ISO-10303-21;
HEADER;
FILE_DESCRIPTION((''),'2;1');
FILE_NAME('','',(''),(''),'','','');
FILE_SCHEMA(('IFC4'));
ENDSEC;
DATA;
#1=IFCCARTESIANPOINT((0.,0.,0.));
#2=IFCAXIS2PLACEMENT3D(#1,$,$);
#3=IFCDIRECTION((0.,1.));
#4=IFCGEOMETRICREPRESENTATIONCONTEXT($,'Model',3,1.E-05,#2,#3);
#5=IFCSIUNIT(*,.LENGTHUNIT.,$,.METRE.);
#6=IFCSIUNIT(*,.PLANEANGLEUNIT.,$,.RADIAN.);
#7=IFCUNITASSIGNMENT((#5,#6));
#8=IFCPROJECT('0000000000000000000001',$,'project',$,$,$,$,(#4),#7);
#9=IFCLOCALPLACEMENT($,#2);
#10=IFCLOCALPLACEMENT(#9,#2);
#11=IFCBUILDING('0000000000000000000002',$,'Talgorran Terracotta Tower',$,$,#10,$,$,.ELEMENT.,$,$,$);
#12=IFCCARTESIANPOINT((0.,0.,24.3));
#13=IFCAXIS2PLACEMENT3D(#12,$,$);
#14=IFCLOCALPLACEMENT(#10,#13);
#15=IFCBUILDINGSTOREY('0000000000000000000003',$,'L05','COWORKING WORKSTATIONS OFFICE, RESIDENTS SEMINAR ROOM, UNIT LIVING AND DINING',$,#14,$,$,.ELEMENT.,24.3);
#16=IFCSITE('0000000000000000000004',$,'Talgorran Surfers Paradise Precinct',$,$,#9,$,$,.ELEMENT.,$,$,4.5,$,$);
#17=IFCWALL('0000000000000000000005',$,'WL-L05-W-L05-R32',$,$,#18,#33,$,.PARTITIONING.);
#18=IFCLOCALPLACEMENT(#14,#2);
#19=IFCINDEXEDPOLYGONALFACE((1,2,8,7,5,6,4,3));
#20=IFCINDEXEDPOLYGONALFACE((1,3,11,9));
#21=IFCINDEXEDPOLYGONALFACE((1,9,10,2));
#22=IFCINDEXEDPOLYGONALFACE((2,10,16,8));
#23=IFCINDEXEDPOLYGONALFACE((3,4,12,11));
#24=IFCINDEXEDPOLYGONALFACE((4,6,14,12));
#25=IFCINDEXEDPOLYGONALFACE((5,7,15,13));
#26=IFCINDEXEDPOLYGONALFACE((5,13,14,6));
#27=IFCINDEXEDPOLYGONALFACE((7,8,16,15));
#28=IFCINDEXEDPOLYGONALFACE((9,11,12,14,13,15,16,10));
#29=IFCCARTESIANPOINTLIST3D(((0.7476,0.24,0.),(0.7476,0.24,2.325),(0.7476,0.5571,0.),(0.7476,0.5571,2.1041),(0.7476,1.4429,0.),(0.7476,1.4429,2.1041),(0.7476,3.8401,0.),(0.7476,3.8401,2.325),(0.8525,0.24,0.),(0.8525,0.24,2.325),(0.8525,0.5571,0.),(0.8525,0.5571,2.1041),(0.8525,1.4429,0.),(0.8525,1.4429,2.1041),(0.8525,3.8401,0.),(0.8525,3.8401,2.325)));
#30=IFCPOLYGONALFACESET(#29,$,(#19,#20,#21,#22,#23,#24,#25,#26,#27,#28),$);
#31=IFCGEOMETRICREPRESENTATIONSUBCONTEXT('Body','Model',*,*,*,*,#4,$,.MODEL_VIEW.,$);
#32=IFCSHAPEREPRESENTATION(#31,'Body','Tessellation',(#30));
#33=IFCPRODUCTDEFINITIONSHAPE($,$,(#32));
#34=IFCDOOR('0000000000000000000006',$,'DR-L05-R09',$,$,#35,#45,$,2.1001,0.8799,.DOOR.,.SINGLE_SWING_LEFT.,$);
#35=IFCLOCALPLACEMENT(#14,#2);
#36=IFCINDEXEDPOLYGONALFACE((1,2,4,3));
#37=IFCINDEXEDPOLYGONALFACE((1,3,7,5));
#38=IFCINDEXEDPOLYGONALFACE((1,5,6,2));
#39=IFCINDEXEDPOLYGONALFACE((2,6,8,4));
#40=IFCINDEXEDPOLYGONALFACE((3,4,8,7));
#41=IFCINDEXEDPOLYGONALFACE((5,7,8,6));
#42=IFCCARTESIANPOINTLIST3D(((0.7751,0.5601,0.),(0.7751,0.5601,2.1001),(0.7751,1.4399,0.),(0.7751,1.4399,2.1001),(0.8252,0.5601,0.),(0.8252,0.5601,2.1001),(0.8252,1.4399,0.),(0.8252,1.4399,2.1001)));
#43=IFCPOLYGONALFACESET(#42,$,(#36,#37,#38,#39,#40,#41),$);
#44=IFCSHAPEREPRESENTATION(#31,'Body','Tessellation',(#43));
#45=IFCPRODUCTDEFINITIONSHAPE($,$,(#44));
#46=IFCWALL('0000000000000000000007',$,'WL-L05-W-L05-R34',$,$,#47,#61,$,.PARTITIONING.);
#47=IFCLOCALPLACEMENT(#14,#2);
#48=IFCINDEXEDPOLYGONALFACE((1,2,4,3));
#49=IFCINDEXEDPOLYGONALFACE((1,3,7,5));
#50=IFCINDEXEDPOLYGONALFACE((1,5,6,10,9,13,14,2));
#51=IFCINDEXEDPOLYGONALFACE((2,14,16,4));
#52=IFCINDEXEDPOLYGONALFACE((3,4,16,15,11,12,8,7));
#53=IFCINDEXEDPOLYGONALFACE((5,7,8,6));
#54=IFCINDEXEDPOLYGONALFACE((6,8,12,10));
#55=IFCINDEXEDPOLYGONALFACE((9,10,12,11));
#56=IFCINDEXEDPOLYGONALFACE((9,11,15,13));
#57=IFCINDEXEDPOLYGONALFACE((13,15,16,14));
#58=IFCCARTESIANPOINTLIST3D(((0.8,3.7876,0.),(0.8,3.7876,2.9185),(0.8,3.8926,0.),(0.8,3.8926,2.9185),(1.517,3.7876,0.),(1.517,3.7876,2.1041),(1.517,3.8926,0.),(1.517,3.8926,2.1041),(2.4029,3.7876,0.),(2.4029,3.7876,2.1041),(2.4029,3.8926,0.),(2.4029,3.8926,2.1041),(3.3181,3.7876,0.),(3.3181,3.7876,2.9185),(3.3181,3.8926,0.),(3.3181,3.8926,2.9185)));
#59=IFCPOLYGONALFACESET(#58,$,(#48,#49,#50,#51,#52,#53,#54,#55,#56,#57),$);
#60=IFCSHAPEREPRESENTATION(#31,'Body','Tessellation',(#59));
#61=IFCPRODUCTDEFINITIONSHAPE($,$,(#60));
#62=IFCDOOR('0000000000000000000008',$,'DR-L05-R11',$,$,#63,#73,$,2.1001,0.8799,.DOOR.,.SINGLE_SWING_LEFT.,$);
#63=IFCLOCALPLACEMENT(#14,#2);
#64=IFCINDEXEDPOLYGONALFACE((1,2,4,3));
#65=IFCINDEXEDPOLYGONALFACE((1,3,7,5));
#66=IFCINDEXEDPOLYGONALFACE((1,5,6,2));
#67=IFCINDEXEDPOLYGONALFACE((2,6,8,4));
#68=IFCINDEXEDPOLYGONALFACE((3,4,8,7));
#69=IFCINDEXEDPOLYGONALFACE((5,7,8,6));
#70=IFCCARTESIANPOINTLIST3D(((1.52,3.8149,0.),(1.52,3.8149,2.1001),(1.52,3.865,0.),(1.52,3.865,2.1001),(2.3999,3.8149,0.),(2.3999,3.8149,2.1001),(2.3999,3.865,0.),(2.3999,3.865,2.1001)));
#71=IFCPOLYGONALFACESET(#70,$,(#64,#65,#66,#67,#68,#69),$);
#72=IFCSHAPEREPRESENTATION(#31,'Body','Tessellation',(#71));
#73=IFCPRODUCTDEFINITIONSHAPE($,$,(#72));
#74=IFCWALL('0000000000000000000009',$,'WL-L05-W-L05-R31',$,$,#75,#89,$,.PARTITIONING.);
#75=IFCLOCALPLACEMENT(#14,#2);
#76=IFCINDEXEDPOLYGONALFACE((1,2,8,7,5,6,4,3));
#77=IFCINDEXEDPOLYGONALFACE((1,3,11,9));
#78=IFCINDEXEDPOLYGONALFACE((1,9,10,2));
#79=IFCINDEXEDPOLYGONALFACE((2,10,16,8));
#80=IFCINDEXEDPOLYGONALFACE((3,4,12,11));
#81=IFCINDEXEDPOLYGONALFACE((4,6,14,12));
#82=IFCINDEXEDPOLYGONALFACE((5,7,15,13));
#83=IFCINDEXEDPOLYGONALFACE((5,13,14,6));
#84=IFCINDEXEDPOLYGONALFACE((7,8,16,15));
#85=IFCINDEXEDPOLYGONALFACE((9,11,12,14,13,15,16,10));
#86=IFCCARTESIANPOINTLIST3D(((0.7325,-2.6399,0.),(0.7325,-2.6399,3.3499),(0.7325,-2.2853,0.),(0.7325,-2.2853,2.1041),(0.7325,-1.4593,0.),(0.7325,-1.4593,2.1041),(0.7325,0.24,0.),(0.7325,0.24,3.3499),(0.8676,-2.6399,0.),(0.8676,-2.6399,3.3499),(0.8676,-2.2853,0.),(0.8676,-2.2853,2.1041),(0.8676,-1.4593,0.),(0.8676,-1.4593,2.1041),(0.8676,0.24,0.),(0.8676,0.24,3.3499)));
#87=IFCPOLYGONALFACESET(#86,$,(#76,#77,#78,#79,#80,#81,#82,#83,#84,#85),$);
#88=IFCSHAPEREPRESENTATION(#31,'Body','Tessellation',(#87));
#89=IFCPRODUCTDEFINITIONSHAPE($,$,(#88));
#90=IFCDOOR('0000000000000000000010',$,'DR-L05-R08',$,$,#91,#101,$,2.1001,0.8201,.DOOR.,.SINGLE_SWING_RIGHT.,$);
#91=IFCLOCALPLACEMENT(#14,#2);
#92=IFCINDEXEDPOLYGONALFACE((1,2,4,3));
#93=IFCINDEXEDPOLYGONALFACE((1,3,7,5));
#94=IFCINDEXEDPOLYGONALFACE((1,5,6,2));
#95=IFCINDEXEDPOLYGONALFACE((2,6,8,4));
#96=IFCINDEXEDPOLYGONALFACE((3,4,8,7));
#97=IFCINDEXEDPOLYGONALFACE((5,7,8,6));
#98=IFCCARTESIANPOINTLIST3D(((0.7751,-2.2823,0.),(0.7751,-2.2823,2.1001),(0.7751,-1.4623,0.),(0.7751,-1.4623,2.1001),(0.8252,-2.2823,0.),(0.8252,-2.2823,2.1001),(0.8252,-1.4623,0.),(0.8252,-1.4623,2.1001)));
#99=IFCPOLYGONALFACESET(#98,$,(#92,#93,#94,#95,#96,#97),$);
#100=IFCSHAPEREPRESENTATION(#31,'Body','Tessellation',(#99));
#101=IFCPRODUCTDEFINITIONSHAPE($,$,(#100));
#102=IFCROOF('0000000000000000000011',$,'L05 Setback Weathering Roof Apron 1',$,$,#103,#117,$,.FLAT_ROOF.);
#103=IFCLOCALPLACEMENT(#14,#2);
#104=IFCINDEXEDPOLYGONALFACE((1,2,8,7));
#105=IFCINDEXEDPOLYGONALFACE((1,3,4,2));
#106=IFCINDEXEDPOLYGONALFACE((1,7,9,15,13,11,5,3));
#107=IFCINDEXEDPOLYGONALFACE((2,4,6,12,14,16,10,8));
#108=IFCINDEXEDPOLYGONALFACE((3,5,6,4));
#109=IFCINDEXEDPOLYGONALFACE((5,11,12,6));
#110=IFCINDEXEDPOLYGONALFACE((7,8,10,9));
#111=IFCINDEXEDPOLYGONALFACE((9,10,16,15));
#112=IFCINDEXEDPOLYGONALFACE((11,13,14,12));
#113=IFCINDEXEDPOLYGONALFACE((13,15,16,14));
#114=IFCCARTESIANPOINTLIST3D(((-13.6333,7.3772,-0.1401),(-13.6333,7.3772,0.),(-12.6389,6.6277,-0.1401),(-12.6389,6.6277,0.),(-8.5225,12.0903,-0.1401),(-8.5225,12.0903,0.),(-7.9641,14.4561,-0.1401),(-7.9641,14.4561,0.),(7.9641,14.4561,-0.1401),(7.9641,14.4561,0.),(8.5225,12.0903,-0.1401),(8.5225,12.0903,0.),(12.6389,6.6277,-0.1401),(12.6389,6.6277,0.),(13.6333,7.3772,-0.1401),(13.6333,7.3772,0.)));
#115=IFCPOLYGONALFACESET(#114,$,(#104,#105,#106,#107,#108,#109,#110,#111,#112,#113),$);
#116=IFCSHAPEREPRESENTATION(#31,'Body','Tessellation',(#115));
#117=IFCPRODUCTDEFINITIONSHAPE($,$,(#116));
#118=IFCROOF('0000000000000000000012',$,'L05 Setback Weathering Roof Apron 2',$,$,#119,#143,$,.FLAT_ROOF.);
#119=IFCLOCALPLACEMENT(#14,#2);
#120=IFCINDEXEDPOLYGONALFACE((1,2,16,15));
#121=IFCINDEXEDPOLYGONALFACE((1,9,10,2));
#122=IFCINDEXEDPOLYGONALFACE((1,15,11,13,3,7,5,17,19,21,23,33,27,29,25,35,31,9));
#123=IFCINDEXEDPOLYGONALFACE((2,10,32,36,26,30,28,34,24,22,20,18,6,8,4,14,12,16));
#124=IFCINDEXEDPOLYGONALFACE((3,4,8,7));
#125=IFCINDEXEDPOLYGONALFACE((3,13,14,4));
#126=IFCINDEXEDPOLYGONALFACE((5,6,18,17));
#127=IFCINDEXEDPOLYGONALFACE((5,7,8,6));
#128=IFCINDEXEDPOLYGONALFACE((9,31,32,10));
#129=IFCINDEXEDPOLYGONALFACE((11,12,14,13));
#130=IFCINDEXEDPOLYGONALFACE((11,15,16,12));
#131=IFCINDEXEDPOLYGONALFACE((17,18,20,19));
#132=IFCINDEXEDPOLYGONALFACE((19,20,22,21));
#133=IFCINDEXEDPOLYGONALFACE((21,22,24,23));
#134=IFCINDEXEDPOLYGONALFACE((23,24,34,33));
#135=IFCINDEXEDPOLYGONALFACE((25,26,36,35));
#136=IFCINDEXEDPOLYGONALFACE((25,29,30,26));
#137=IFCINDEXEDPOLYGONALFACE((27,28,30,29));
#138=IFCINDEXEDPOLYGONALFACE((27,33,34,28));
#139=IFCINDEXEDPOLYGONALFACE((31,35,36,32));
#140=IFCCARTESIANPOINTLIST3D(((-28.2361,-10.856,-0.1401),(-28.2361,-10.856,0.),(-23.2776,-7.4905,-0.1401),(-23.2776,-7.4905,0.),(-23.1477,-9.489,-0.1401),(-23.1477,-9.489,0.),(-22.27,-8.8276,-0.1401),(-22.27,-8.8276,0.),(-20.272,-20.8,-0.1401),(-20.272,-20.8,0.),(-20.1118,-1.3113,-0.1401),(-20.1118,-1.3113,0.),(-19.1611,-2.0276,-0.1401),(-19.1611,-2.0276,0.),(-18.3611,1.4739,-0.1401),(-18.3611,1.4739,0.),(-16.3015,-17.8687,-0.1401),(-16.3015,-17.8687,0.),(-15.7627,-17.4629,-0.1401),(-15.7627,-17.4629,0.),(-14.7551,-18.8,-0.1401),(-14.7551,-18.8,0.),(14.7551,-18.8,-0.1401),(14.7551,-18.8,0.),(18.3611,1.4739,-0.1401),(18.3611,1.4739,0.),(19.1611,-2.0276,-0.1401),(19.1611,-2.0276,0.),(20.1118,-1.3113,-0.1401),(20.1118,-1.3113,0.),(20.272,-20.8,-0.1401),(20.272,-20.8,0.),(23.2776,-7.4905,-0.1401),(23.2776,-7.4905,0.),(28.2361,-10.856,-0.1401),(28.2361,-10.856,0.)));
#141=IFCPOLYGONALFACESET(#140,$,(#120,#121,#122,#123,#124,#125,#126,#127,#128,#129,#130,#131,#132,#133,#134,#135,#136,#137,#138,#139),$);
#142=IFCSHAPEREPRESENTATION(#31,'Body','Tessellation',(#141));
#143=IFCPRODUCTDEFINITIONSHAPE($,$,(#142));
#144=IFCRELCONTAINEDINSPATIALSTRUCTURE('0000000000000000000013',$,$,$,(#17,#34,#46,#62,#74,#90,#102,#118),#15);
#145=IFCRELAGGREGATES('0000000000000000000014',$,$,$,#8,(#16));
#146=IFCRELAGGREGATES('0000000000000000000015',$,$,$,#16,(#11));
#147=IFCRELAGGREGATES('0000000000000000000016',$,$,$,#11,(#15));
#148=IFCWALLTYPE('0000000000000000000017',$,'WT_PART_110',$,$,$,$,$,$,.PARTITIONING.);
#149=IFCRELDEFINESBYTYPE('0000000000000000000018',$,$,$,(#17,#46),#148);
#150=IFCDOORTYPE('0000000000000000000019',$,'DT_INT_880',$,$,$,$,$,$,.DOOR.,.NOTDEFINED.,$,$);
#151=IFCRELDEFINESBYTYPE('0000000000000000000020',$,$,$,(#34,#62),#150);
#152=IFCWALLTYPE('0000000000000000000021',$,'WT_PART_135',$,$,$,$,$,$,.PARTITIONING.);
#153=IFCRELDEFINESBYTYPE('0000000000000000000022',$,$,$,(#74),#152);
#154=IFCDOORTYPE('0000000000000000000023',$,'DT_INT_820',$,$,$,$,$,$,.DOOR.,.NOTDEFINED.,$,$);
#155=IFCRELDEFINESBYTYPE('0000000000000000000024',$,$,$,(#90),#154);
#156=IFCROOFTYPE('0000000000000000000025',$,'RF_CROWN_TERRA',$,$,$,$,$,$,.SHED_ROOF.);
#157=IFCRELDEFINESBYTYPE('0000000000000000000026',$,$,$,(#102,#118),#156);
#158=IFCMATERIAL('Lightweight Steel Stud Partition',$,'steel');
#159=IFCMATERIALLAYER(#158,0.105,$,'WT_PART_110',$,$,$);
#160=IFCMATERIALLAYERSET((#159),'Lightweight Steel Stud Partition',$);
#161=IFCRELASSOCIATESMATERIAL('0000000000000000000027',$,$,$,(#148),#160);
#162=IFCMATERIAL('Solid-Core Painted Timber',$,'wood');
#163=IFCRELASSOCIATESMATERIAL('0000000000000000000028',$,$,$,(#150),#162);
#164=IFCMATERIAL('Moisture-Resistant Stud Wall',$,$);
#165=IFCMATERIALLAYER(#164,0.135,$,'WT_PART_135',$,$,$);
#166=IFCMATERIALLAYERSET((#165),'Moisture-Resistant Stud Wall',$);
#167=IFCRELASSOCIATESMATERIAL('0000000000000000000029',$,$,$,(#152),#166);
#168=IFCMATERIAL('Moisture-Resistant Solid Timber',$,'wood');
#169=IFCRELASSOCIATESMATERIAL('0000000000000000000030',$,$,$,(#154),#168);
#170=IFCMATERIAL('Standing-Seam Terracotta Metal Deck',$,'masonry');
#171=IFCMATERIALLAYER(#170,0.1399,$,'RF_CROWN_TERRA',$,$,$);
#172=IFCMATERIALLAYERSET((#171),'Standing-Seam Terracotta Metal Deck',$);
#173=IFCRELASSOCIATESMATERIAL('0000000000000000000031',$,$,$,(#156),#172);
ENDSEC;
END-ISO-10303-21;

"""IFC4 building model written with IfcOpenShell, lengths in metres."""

from ifc_helpers import new_model, si_unit, direction, frame, frame_2d, origin, place, context, subcontext, project, spatial, polyline, rectangle, outline, extrude, material, layer, layer_set, type_object, element, fill, save


model = new_model("IFC4")

# Units and contexts
model_context = context("Model", 3, precision=1e-05, world=origin(), true_north=direction((0.0, 1.0)))
body_context = subcontext(model_context, "Body", "Model", "MODEL_VIEW")
ifc_project = project(units=[si_unit("LENGTHUNIT", "METRE"), si_unit("PLANEANGLEUNIT", "RADIAN")], contexts=[model_context])

# Site, building, storey
site_placement = place(None, origin())
site = spatial("IfcSite", under=ifc_project, at=site_placement, Name="Talgorran Surfers Paradise Precinct", CompositionType="ELEMENT", RefElevation=4.5)
building_placement = place(site_placement, origin())
building = spatial("IfcBuilding", under=site, at=building_placement, Name="Talgorran Terracotta Tower", CompositionType="ELEMENT")
storey_placement = place(building_placement, frame((0.0, 0.0, 24.3)))
storey = spatial("IfcBuildingStorey", under=building, at=storey_placement, Name="L05", Description="COWORKING WORKSTATIONS OFFICE, RESIDENTS SEMINAR ROOM, UNIT LIVING AND DINING", CompositionType="ELEMENT", Elevation=24.3)

# Walls, openings, doors
ifc_material_1 = material(Name="Lightweight Steel Stud Partition", Category="steel")
ifc_layer_1 = layer(ifc_material_1, 0.105, Name="WT_PART_110")
ifc_layer_set_1 = layer_set([ifc_layer_1], Name="Lightweight Steel Stud Partition")
wall_type_1 = type_object("IfcWallType", Name="WT_PART_110", PredefinedType="PARTITIONING", material=ifc_layer_set_1)
wall_1_placement = place(storey_placement, frame((0.8, 0.24, 0.0), z_axis=(0.0, 0.0, 1.0), x_axis=(0.0, 1.0, 0.0)))
wall_1 = element("IfcWall", 1, at=wall_1_placement, inside=storey, type_object=wall_type_1, Name="WL-L05-W-L05-R32", PredefinedType="PARTITIONING", context=body_context, shape_type="SweptSolid", body=[
    extrude(rectangle(XDim=3.6001, YDim=0.105, at=frame_2d((1.8, 0.0))), origin(), (0.0, 0.0, 1.0), 2.325),
])
opening_1_placement = place(wall_1_placement, frame((0.3201, 0.0, 0.0)))
opening_1 = element("IfcOpeningElement", 2, at=opening_1_placement, cuts=wall_1, PredefinedType="OPENING", context=body_context, shape_type="SweptSolid", body=[
    extrude(rectangle(XDim=0.8859, YDim=2.1041, at=frame_2d((0.4399, 1.052))), frame((0.0, 0.0625, 0.0), z_axis=(0.0, -1.0, 0.0), x_axis=(1.0, 0.0, 0.0)), (0.0, 0.0, 1.0), 0.125),
])
ifc_material_2 = material(Name="Solid-Core Painted Timber", Category="wood")
door_type_1 = type_object("IfcDoorType", Name="DT_INT_880", OperationType="NOTDEFINED", PredefinedType="DOOR", material=ifc_material_2)
door_1_placement = place(opening_1_placement, origin())
door_1 = element("IfcDoor", 3, at=door_1_placement, inside=storey, type_object=door_type_1, Name="DR-L05-R09", OperationType="SINGLE_SWING_LEFT", OverallHeight=2.1001, OverallWidth=0.8799, PredefinedType="DOOR", context=body_context, shape_type="SweptSolid", body=[
    extrude(rectangle(XDim=0.8799, YDim=2.1001, at=frame_2d((0.4399, 1.05))), frame((0.0, 0.0249, 0.0), z_axis=(0.0, -1.0, 0.0), x_axis=(1.0, 0.0, 0.0)), (0.0, 0.0, 1.0), 0.05),
])
fill(opening_1, door_1)
wall_2_placement = place(storey_placement, frame((0.8, 3.8401, 0.0), z_axis=(0.0, 0.0, 1.0), x_axis=(1.0, 0.0, 0.0)))
wall_2 = element("IfcWall", 4, at=wall_2_placement, inside=storey, type_object=wall_type_1, Name="WL-L05-W-L05-R34", PredefinedType="PARTITIONING", context=body_context, shape_type="SweptSolid", body=[
    extrude(rectangle(XDim=2.5181, YDim=0.105, at=frame_2d((1.259, 0.0))), origin(), (0.0, 0.0, 1.0), 2.9185),
])
opening_2_placement = place(wall_2_placement, frame((0.72, 0.0, 0.0)))
opening_2 = element("IfcOpeningElement", 5, at=opening_2_placement, cuts=wall_2, PredefinedType="OPENING", context=body_context, shape_type="SweptSolid", body=[
    extrude(rectangle(XDim=0.8859, YDim=2.1041, at=frame_2d((0.4399, 1.052))), frame((0.0, 0.0625, 0.0), z_axis=(0.0, -1.0, 0.0), x_axis=(1.0, 0.0, 0.0)), (0.0, 0.0, 1.0), 0.125),
])
door_2_placement = place(opening_2_placement, origin())
door_2 = element("IfcDoor", 6, at=door_2_placement, inside=storey, type_object=door_type_1, Name="DR-L05-R11", OperationType="SINGLE_SWING_LEFT", OverallHeight=2.1001, OverallWidth=0.8799, PredefinedType="DOOR", context=body_context, shape_type="SweptSolid", body=[
    extrude(rectangle(XDim=0.8799, YDim=2.1001, at=frame_2d((0.4399, 1.05))), frame((0.0, 0.0249, 0.0), z_axis=(0.0, -1.0, 0.0), x_axis=(1.0, 0.0, 0.0)), (0.0, 0.0, 1.0), 0.05),
])
fill(opening_2, door_2)
ifc_material_3 = material(Name="Moisture-Resistant Stud Wall")
ifc_layer_2 = layer(ifc_material_3, 0.135, Name="WT_PART_135")
ifc_layer_set_2 = layer_set([ifc_layer_2], Name="Moisture-Resistant Stud Wall")
wall_type_2 = type_object("IfcWallType", Name="WT_PART_135", PredefinedType="PARTITIONING", material=ifc_layer_set_2)
wall_3_placement = place(storey_placement, frame((0.8, -2.6399, 0.0), z_axis=(0.0, 0.0, 1.0), x_axis=(0.0, 1.0, 0.0)))
wall_3 = element("IfcWall", 7, at=wall_3_placement, inside=storey, type_object=wall_type_2, Name="WL-L05-W-L05-R31", PredefinedType="PARTITIONING", context=body_context, shape_type="SweptSolid", body=[
    extrude(rectangle(XDim=2.8799, YDim=0.135, at=frame_2d((1.4399, 0.0))), origin(), (0.0, 0.0, 1.0), 3.3499),
])
opening_3_placement = place(wall_3_placement, frame((0.3574, 0.0, 0.0)))
opening_3 = element("IfcOpeningElement", 8, at=opening_3_placement, cuts=wall_3, PredefinedType="OPENING", context=body_context, shape_type="SweptSolid", body=[
    extrude(rectangle(XDim=0.8261, YDim=2.1041, at=frame_2d((0.4102, 1.052))), frame((0.0, 0.0776, 0.0), z_axis=(0.0, -1.0, 0.0), x_axis=(1.0, 0.0, 0.0)), (0.0, 0.0, 1.0), 0.155),
])
ifc_material_4 = material(Name="Moisture-Resistant Solid Timber", Category="wood")
door_type_2 = type_object("IfcDoorType", Name="DT_INT_820", OperationType="NOTDEFINED", PredefinedType="DOOR", material=ifc_material_4)
door_3_placement = place(opening_3_placement, origin())
door_3 = element("IfcDoor", 9, at=door_3_placement, inside=storey, type_object=door_type_2, Name="DR-L05-R08", OperationType="SINGLE_SWING_RIGHT", OverallHeight=2.1001, OverallWidth=0.8201, PredefinedType="DOOR", context=body_context, shape_type="SweptSolid", body=[
    extrude(rectangle(XDim=0.8201, YDim=2.1001, at=frame_2d((0.4102, 1.05))), frame((0.0, 0.0249, 0.0), z_axis=(0.0, -1.0, 0.0), x_axis=(1.0, 0.0, 0.0)), (0.0, 0.0, 1.0), 0.05),
])
fill(opening_3, door_3)

# Roofs
ifc_material_5 = material(Name="Standing-Seam Terracotta Metal Deck", Category="masonry")
ifc_layer_3 = layer(ifc_material_5, 0.1399, Name="RF_CROWN_TERRA")
ifc_layer_set_3 = layer_set([ifc_layer_3], Name="Standing-Seam Terracotta Metal Deck")
roof_type = type_object("IfcRoofType", Name="RF_CROWN_TERRA", PredefinedType="SHED_ROOF", material=ifc_layer_set_3)
roof_1_placement = place(storey_placement, frame((0.0, 0.0, -0.1401)))
element("IfcRoof", 10, at=roof_1_placement, inside=storey, type_object=roof_type, Name="L05 Setback Weathering Roof Apron 1", PredefinedType="FLAT_ROOF", context=body_context, shape_type="SweptSolid", body=[
    extrude(outline(polyline([(8.5225, 12.0903), (-8.5225, 12.0903), (-12.6389, 6.6277), (-13.6333, 7.3772), (-7.9641, 14.4561), (7.9641, 14.4561), (13.6333, 7.3772), (12.6389, 6.6277), (8.5225, 12.0903)])), origin(), (0.0, 0.0, 1.0), 0.1401),
])
roof_2_placement = place(storey_placement, frame((0.0, 0.0, -0.1401)))
element("IfcRoof", 11, at=roof_2_placement, inside=storey, type_object=roof_type, Name="L05 Setback Weathering Roof Apron 2", PredefinedType="FLAT_ROOF", context=body_context, shape_type="SweptSolid", body=[
    extrude(outline(polyline([(-22.27, -8.8276), (-23.1477, -9.489), (-16.3015, -17.8687), (-15.7627, -17.4629), (-14.7551, -18.8), (14.7551, -18.8), (23.2776, -7.4905), (19.1611, -2.0276), (20.1118, -1.3113), (18.3611, 1.4739), (28.2361, -10.856), (20.272, -20.8), (-20.272, -20.8), (-28.2361, -10.856), (-18.3611, 1.4739), (-20.1118, -1.3113), (-19.1611, -2.0276), (-23.2776, -7.4905), (-22.27, -8.8276)])), origin(), (0.0, 0.0, 1.0), 0.1401),
])

save(model, "model.ifc")
